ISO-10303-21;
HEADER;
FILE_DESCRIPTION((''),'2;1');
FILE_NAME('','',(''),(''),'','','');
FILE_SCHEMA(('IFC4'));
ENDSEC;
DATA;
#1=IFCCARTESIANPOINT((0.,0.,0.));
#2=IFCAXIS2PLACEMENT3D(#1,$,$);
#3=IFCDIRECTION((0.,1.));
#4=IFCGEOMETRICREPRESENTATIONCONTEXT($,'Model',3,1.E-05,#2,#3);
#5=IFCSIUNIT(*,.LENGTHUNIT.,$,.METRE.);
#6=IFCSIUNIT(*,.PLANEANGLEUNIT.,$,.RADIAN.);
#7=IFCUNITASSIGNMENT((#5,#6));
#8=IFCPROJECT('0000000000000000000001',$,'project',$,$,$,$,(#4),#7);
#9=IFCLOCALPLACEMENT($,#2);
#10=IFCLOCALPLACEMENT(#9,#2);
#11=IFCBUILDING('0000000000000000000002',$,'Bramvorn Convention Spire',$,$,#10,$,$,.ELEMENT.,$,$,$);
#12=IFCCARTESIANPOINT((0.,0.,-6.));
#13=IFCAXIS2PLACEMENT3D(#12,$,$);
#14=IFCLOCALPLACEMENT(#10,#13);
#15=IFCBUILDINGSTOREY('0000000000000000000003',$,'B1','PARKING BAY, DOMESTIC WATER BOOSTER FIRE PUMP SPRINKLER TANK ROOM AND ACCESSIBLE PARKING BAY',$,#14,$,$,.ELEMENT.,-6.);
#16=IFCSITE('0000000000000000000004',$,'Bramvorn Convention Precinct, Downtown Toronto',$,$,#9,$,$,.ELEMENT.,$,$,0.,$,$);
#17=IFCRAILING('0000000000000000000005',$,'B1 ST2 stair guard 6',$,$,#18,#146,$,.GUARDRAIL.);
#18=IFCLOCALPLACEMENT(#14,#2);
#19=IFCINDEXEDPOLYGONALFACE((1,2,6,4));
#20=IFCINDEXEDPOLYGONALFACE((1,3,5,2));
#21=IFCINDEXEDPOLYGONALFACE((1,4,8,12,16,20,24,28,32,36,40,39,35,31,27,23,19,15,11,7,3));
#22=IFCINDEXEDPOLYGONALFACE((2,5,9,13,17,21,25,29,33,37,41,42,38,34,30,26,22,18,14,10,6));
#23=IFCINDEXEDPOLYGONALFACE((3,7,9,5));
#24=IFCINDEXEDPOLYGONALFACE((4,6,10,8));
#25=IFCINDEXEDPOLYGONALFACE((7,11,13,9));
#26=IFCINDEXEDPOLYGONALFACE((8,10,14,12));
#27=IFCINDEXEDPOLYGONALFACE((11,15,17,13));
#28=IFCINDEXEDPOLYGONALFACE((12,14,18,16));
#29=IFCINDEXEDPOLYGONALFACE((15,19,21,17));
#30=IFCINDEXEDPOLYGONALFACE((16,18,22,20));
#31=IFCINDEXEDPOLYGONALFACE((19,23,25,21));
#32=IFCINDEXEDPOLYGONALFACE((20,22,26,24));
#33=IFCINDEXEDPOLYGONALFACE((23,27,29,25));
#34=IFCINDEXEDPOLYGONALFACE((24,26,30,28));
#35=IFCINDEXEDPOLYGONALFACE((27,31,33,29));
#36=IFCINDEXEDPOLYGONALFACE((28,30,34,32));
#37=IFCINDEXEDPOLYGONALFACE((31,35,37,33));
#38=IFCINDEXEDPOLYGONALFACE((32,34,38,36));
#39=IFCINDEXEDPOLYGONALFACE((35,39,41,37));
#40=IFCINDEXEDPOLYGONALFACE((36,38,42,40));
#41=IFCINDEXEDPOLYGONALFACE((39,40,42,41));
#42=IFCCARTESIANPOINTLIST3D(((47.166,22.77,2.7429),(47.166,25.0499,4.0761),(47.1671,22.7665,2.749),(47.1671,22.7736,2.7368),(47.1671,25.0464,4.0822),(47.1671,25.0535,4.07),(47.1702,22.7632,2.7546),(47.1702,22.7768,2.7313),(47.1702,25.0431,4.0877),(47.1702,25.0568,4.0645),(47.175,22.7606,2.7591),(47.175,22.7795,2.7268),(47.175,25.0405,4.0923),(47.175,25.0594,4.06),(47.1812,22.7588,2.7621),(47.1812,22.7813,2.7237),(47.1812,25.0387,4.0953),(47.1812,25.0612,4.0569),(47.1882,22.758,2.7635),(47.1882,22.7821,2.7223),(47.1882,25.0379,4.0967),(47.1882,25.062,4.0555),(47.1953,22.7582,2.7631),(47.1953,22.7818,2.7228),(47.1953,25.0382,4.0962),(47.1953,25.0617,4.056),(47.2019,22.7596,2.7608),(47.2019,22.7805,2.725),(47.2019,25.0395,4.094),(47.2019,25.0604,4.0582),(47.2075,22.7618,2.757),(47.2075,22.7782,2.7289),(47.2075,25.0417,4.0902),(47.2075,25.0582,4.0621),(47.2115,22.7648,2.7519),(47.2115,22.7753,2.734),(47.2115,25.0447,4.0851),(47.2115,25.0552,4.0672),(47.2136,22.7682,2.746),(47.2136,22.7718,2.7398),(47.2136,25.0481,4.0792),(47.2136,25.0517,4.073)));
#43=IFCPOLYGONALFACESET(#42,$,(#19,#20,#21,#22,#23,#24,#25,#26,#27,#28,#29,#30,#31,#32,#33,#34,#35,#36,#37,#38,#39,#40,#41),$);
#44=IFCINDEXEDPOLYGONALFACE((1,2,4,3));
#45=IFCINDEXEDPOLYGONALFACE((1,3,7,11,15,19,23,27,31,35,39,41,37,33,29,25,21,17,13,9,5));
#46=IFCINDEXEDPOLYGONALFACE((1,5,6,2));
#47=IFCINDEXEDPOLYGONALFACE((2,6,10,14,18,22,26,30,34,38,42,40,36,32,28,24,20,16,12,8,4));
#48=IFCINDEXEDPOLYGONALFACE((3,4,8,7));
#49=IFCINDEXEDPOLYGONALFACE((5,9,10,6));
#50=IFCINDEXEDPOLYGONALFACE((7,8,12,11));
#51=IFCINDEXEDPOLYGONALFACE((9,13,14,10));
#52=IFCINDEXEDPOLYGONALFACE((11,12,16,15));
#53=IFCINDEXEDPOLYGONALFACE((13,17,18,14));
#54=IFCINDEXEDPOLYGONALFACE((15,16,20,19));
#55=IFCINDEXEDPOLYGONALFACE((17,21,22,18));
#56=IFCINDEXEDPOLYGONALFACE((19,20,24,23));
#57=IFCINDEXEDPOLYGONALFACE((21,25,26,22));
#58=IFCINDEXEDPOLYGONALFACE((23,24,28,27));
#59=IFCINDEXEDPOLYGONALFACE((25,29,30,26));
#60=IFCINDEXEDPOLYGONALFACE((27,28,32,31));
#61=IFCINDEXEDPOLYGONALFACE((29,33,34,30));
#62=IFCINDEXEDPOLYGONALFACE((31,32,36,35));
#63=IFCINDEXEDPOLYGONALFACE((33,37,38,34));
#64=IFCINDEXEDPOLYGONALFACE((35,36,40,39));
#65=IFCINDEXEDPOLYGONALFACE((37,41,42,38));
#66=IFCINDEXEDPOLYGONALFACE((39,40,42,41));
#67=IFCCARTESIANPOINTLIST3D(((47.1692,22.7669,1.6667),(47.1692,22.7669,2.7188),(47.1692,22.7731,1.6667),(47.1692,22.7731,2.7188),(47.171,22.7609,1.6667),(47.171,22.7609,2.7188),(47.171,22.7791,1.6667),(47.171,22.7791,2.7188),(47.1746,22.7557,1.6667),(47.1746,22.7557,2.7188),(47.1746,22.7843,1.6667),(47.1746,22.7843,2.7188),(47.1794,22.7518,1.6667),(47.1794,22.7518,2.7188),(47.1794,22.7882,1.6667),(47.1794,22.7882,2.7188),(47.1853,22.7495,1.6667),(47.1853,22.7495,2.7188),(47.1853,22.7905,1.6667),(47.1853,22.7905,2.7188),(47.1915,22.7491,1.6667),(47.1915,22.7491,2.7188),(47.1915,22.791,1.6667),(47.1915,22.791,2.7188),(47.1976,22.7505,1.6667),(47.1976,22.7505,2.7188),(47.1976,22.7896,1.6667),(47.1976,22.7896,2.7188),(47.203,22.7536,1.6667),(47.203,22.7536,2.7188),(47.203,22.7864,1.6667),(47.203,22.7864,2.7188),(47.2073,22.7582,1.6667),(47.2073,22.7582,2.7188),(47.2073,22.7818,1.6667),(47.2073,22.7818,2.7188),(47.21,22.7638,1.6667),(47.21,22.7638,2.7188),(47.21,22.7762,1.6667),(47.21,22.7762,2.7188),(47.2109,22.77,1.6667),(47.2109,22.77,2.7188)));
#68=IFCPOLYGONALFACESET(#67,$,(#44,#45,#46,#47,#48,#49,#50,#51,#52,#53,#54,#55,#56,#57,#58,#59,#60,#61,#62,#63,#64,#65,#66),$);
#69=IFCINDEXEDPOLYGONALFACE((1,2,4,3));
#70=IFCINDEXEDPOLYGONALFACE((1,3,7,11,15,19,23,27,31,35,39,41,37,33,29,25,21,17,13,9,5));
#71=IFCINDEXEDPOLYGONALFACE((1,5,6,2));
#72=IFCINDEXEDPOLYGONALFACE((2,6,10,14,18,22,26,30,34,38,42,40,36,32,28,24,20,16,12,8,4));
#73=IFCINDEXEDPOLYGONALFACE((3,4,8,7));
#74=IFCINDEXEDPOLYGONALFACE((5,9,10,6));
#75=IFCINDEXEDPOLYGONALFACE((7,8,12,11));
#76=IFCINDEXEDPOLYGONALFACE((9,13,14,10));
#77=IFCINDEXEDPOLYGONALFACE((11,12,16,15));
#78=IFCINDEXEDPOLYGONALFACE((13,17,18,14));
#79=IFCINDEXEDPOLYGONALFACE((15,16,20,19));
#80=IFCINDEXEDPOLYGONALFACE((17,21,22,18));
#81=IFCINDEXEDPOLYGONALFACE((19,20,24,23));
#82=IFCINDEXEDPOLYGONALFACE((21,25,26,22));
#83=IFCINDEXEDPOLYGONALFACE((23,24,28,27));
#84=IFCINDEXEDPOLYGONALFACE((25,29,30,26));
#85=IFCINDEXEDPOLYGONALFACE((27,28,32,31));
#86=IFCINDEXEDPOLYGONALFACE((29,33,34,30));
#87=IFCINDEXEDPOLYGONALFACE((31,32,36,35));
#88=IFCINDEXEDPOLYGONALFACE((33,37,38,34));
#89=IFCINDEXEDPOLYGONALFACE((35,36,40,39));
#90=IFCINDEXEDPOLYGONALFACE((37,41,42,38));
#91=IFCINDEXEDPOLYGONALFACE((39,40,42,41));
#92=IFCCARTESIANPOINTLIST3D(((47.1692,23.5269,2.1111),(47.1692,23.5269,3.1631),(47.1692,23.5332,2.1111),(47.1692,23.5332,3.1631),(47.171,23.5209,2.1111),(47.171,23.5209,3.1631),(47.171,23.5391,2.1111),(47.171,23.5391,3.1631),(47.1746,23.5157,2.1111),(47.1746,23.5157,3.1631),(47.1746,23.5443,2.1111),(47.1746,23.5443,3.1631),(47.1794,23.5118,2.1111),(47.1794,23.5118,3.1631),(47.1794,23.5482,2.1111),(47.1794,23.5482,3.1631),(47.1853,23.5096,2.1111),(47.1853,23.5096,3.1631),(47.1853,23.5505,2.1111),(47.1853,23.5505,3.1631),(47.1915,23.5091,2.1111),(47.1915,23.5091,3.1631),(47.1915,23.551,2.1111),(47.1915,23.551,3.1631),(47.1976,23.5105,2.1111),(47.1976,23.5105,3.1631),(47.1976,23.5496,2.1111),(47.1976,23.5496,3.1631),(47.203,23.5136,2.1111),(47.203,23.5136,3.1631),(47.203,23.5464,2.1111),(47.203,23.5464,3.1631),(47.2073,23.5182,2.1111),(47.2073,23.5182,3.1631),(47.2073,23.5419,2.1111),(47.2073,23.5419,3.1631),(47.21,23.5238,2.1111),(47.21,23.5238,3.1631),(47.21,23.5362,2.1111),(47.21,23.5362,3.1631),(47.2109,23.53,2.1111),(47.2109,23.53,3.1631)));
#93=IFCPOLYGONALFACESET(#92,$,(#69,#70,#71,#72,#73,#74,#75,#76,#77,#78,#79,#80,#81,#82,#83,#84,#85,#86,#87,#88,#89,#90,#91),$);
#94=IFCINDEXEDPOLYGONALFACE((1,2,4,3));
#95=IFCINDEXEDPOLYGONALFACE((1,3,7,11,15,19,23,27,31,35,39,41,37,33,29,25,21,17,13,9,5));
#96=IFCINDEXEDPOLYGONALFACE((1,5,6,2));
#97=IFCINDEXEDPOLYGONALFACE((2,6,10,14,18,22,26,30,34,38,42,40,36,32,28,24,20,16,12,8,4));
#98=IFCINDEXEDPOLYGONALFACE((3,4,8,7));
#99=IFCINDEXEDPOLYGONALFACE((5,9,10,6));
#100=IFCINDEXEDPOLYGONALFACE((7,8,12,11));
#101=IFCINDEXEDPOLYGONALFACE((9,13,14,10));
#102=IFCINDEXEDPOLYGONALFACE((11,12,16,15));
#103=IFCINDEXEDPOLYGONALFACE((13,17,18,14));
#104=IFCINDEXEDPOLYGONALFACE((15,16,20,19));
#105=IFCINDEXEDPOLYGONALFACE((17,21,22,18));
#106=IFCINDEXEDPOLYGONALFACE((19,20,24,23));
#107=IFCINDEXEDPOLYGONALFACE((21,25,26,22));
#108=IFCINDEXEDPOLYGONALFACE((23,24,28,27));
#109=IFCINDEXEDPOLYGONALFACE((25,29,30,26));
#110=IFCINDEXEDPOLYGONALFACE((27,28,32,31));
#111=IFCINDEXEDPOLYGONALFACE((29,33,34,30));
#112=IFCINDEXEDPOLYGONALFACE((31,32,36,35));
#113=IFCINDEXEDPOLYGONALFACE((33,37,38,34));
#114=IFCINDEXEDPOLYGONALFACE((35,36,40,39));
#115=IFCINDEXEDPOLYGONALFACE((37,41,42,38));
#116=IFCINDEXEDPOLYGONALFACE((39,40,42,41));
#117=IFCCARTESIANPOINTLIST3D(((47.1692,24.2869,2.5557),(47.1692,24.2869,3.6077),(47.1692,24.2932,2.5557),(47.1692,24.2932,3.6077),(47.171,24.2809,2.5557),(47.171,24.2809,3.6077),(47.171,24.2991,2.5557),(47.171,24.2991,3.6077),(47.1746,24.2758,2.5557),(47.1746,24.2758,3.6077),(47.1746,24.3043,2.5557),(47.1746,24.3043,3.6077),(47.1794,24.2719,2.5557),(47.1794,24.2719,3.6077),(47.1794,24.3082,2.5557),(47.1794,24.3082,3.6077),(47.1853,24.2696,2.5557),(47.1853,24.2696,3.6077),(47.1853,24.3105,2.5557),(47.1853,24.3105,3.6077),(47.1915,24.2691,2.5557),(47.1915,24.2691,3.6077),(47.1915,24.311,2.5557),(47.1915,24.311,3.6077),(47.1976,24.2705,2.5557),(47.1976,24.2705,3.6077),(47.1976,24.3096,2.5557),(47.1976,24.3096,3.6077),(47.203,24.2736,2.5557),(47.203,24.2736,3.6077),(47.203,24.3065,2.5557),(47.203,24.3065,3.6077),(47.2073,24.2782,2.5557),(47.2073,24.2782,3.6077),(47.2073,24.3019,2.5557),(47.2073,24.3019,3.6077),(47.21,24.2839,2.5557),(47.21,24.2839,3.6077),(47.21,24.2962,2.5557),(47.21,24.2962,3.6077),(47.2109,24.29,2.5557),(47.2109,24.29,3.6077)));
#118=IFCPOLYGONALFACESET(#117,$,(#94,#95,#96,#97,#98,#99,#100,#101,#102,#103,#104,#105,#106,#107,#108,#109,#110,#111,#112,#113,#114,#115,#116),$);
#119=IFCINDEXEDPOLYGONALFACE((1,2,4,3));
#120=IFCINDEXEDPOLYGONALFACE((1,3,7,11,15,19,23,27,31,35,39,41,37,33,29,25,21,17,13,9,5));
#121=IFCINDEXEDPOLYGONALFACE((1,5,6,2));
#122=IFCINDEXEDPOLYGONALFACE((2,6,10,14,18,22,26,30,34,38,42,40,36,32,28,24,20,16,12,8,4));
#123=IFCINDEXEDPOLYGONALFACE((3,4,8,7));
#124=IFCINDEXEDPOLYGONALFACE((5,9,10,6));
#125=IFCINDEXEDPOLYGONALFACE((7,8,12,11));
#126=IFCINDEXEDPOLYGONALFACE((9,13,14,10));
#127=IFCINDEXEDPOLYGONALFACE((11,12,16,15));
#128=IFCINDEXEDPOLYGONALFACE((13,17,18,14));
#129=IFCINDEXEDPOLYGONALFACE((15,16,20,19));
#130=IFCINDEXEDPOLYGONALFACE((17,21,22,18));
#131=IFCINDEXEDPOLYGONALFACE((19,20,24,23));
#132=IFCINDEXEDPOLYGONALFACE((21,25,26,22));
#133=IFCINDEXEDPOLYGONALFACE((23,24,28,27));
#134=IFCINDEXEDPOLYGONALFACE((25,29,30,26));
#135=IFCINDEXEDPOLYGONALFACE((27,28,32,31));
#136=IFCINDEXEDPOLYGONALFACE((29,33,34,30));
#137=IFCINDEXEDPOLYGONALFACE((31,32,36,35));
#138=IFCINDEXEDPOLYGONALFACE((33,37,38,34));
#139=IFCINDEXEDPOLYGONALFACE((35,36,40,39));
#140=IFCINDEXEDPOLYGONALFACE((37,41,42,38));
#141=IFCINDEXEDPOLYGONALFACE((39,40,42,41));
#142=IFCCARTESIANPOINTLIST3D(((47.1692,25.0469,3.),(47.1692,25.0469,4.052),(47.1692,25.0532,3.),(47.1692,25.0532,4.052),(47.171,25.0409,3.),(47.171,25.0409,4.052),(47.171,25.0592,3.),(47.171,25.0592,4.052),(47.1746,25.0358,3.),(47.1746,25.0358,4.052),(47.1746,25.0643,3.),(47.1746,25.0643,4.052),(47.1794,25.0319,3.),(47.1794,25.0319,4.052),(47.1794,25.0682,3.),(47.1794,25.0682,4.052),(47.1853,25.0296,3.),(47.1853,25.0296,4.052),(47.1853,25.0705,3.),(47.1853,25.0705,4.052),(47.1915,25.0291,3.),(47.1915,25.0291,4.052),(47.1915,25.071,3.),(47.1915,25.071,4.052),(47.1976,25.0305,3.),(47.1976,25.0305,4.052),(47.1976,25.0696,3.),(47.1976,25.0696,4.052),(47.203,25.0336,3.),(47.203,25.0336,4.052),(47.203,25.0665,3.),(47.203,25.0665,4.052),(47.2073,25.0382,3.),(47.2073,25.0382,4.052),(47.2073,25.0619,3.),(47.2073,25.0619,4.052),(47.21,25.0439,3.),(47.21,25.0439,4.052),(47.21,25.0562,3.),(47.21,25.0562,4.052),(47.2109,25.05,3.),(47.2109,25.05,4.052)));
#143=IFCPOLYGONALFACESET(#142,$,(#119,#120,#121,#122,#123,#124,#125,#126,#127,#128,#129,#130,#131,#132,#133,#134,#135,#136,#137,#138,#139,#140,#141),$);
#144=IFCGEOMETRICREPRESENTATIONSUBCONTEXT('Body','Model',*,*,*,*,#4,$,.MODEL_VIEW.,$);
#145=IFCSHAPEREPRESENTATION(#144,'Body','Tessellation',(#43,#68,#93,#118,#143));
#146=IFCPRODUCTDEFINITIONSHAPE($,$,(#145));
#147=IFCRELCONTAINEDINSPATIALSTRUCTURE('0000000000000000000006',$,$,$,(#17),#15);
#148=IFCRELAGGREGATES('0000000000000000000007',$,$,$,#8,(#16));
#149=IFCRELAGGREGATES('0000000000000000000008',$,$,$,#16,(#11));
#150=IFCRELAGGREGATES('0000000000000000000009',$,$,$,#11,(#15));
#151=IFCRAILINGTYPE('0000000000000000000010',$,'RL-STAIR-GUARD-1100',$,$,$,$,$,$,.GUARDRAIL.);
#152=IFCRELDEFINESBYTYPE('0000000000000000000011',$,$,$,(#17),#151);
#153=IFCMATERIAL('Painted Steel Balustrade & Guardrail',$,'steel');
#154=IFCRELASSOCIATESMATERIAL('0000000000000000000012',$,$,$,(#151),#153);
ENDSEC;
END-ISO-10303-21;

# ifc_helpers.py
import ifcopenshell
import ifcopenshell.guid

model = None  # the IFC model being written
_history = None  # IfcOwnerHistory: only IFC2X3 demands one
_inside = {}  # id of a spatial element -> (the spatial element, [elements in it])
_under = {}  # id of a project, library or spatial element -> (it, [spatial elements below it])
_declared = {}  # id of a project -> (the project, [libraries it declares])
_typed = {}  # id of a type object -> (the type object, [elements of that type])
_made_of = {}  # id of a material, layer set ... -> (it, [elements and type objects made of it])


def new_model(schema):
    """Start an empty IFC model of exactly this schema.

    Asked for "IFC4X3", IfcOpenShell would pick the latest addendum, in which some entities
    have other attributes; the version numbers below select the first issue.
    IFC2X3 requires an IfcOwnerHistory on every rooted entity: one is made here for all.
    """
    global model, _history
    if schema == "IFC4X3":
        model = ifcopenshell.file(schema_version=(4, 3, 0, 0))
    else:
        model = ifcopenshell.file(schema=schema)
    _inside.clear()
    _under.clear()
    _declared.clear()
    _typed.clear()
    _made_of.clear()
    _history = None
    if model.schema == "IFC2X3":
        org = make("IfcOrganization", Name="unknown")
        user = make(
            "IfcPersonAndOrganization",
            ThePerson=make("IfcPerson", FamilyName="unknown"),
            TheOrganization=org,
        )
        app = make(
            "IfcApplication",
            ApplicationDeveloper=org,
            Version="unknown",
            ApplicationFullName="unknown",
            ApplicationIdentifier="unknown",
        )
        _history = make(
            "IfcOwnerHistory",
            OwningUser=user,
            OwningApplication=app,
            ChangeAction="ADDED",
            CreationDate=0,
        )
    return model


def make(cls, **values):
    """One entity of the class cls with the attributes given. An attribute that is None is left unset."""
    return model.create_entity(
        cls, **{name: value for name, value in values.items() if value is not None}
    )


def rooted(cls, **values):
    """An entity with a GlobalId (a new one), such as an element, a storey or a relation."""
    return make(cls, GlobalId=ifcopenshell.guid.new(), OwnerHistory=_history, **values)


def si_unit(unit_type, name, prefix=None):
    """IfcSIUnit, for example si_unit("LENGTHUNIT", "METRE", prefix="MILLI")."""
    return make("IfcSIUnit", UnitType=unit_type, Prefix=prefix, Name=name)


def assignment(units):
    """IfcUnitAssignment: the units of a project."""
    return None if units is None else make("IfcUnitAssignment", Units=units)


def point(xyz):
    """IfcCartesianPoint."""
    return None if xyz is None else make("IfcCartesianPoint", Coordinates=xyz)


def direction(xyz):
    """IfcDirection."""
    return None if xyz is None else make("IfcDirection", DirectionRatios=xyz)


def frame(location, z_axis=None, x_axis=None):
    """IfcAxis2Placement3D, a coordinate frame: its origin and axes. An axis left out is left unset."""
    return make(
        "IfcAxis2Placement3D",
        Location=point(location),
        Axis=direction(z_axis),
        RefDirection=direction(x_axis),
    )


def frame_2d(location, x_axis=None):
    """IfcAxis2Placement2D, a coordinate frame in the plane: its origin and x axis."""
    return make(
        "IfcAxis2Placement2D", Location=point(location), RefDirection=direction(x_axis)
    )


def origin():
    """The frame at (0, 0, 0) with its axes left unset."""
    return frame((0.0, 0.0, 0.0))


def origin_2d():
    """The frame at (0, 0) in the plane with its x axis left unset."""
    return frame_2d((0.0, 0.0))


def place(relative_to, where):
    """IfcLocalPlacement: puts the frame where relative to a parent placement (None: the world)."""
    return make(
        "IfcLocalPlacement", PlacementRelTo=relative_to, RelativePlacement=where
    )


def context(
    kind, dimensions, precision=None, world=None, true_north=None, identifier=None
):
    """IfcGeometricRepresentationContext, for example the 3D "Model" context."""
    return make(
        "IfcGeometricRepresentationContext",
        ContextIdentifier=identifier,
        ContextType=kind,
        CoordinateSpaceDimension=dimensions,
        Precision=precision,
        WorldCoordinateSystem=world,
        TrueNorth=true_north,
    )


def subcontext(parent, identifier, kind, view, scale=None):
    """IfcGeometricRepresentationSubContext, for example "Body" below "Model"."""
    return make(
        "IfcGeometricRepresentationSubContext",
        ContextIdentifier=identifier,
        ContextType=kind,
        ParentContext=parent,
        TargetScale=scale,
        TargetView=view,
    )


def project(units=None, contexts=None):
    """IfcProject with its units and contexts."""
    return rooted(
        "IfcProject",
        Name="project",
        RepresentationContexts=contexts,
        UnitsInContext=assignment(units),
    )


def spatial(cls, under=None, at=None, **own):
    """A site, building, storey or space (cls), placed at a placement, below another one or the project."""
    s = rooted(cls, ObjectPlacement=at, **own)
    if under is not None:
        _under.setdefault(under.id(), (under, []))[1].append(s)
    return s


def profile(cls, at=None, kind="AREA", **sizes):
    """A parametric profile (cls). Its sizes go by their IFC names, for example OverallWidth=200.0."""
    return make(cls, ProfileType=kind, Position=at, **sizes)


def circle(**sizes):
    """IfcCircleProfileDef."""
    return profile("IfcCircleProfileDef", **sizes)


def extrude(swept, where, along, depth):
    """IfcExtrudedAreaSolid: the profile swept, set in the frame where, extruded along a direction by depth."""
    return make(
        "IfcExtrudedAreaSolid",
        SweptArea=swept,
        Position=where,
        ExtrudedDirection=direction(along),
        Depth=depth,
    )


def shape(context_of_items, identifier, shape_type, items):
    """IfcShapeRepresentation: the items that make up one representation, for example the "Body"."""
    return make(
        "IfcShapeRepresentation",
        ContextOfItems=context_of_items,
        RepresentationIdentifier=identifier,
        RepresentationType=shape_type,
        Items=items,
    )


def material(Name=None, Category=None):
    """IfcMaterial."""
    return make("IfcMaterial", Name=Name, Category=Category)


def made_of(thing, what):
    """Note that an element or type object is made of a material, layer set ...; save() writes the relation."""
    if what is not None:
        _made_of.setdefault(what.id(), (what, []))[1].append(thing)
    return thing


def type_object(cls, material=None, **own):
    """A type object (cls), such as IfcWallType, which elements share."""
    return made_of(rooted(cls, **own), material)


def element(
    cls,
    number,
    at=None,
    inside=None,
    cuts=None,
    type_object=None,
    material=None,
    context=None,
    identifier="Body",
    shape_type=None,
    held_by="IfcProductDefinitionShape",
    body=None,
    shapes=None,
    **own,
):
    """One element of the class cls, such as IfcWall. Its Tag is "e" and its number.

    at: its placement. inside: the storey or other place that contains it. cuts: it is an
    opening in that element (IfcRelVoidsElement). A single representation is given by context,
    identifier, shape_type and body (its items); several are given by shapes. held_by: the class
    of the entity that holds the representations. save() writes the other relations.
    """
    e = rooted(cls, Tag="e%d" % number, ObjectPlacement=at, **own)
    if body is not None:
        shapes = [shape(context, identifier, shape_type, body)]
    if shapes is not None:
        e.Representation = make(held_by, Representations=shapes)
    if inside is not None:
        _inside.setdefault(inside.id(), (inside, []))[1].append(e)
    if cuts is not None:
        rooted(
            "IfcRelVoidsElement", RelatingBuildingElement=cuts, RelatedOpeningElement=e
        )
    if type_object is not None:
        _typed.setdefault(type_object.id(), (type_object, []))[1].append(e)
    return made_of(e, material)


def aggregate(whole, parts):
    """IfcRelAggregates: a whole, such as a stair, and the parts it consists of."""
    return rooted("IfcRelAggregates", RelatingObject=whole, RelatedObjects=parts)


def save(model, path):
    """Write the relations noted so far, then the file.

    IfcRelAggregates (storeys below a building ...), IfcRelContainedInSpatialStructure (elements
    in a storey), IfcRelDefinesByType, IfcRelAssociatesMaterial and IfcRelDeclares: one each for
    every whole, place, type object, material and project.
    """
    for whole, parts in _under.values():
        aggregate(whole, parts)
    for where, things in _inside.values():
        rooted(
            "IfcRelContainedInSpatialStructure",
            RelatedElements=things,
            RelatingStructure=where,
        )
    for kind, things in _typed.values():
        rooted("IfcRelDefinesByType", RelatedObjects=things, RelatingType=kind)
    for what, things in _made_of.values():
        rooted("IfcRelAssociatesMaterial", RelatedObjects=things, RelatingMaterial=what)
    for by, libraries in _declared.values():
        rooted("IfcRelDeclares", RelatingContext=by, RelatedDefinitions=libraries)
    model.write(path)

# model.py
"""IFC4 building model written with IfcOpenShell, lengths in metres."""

from ifc_helpers import new_model, si_unit, direction, frame, origin, origin_2d, place, context, subcontext, project, spatial, circle, extrude, material, type_object, element, save


model = new_model("IFC4")

# Units and contexts
model_context = context("Model", 3, precision=1e-05, world=origin(), true_north=direction((0.0, 1.0)))
body_context = subcontext(model_context, "Body", "Model", "MODEL_VIEW")
ifc_project = project(units=[si_unit("LENGTHUNIT", "METRE"), si_unit("PLANEANGLEUNIT", "RADIAN")], contexts=[model_context])

# Site, building, storey
site_placement = place(None, origin())
site = spatial("IfcSite", under=ifc_project, at=site_placement, Name="Bramvorn Convention Precinct, Downtown Toronto", CompositionType="ELEMENT", RefElevation=0.0)
building_placement = place(site_placement, origin())
building = spatial("IfcBuilding", under=site, at=building_placement, Name="Bramvorn Convention Spire", CompositionType="ELEMENT")
storey_placement = place(building_placement, frame((0.0, 0.0, -6.0)))
storey = spatial("IfcBuildingStorey", under=building, at=storey_placement, Name="B1", Description="PARKING BAY, DOMESTIC WATER BOOSTER FIRE PUMP SPRINKLER TANK ROOM AND ACCESSIBLE PARKING BAY", CompositionType="ELEMENT", Elevation=-6.0)

# Railing
ifc_material_1 = material(Name="Painted Steel Balustrade & Guardrail", Category="steel")
railing_type_1 = type_object("IfcRailingType", Name="RL-STAIR-GUARD-1100", PredefinedType="GUARDRAIL", material=ifc_material_1)
railing_1_placement = place(storey_placement, frame((47.1899, 22.77, 1.6667)))
element("IfcRailing", 1, at=railing_1_placement, inside=storey, type_object=railing_type_1, Name="B1 ST2 stair guard 6", PredefinedType="GUARDRAIL", context=body_context, shape_type="SweptSolid", body=[
    extrude(circle(Radius=0.0239, at=origin_2d()), frame((0.0, 0.0, 1.0762), z_axis=(0.0, 0.863245, 0.504785), x_axis=(-1.0, 0.0, 0.0)), (0.0, 0.0, 1.0), 2.6411),
    extrude(circle(Radius=0.021, at=origin_2d()), origin(), (0.0, 0.0, 1.0), 1.052),
    extrude(circle(Radius=0.021, at=origin_2d()), frame((0.0, 0.76, 0.4443)), (0.0, 0.0, 1.0), 1.052),
    extrude(circle(Radius=0.021, at=origin_2d()), frame((0.0, 1.52, 0.8889)), (0.0, 0.0, 1.0), 1.052),
    extrude(circle(Radius=0.021, at=origin_2d()), frame((0.0, 2.28, 1.3333)), (0.0, 0.0, 1.0), 1.052),
])

save(model, "model.ifc")
